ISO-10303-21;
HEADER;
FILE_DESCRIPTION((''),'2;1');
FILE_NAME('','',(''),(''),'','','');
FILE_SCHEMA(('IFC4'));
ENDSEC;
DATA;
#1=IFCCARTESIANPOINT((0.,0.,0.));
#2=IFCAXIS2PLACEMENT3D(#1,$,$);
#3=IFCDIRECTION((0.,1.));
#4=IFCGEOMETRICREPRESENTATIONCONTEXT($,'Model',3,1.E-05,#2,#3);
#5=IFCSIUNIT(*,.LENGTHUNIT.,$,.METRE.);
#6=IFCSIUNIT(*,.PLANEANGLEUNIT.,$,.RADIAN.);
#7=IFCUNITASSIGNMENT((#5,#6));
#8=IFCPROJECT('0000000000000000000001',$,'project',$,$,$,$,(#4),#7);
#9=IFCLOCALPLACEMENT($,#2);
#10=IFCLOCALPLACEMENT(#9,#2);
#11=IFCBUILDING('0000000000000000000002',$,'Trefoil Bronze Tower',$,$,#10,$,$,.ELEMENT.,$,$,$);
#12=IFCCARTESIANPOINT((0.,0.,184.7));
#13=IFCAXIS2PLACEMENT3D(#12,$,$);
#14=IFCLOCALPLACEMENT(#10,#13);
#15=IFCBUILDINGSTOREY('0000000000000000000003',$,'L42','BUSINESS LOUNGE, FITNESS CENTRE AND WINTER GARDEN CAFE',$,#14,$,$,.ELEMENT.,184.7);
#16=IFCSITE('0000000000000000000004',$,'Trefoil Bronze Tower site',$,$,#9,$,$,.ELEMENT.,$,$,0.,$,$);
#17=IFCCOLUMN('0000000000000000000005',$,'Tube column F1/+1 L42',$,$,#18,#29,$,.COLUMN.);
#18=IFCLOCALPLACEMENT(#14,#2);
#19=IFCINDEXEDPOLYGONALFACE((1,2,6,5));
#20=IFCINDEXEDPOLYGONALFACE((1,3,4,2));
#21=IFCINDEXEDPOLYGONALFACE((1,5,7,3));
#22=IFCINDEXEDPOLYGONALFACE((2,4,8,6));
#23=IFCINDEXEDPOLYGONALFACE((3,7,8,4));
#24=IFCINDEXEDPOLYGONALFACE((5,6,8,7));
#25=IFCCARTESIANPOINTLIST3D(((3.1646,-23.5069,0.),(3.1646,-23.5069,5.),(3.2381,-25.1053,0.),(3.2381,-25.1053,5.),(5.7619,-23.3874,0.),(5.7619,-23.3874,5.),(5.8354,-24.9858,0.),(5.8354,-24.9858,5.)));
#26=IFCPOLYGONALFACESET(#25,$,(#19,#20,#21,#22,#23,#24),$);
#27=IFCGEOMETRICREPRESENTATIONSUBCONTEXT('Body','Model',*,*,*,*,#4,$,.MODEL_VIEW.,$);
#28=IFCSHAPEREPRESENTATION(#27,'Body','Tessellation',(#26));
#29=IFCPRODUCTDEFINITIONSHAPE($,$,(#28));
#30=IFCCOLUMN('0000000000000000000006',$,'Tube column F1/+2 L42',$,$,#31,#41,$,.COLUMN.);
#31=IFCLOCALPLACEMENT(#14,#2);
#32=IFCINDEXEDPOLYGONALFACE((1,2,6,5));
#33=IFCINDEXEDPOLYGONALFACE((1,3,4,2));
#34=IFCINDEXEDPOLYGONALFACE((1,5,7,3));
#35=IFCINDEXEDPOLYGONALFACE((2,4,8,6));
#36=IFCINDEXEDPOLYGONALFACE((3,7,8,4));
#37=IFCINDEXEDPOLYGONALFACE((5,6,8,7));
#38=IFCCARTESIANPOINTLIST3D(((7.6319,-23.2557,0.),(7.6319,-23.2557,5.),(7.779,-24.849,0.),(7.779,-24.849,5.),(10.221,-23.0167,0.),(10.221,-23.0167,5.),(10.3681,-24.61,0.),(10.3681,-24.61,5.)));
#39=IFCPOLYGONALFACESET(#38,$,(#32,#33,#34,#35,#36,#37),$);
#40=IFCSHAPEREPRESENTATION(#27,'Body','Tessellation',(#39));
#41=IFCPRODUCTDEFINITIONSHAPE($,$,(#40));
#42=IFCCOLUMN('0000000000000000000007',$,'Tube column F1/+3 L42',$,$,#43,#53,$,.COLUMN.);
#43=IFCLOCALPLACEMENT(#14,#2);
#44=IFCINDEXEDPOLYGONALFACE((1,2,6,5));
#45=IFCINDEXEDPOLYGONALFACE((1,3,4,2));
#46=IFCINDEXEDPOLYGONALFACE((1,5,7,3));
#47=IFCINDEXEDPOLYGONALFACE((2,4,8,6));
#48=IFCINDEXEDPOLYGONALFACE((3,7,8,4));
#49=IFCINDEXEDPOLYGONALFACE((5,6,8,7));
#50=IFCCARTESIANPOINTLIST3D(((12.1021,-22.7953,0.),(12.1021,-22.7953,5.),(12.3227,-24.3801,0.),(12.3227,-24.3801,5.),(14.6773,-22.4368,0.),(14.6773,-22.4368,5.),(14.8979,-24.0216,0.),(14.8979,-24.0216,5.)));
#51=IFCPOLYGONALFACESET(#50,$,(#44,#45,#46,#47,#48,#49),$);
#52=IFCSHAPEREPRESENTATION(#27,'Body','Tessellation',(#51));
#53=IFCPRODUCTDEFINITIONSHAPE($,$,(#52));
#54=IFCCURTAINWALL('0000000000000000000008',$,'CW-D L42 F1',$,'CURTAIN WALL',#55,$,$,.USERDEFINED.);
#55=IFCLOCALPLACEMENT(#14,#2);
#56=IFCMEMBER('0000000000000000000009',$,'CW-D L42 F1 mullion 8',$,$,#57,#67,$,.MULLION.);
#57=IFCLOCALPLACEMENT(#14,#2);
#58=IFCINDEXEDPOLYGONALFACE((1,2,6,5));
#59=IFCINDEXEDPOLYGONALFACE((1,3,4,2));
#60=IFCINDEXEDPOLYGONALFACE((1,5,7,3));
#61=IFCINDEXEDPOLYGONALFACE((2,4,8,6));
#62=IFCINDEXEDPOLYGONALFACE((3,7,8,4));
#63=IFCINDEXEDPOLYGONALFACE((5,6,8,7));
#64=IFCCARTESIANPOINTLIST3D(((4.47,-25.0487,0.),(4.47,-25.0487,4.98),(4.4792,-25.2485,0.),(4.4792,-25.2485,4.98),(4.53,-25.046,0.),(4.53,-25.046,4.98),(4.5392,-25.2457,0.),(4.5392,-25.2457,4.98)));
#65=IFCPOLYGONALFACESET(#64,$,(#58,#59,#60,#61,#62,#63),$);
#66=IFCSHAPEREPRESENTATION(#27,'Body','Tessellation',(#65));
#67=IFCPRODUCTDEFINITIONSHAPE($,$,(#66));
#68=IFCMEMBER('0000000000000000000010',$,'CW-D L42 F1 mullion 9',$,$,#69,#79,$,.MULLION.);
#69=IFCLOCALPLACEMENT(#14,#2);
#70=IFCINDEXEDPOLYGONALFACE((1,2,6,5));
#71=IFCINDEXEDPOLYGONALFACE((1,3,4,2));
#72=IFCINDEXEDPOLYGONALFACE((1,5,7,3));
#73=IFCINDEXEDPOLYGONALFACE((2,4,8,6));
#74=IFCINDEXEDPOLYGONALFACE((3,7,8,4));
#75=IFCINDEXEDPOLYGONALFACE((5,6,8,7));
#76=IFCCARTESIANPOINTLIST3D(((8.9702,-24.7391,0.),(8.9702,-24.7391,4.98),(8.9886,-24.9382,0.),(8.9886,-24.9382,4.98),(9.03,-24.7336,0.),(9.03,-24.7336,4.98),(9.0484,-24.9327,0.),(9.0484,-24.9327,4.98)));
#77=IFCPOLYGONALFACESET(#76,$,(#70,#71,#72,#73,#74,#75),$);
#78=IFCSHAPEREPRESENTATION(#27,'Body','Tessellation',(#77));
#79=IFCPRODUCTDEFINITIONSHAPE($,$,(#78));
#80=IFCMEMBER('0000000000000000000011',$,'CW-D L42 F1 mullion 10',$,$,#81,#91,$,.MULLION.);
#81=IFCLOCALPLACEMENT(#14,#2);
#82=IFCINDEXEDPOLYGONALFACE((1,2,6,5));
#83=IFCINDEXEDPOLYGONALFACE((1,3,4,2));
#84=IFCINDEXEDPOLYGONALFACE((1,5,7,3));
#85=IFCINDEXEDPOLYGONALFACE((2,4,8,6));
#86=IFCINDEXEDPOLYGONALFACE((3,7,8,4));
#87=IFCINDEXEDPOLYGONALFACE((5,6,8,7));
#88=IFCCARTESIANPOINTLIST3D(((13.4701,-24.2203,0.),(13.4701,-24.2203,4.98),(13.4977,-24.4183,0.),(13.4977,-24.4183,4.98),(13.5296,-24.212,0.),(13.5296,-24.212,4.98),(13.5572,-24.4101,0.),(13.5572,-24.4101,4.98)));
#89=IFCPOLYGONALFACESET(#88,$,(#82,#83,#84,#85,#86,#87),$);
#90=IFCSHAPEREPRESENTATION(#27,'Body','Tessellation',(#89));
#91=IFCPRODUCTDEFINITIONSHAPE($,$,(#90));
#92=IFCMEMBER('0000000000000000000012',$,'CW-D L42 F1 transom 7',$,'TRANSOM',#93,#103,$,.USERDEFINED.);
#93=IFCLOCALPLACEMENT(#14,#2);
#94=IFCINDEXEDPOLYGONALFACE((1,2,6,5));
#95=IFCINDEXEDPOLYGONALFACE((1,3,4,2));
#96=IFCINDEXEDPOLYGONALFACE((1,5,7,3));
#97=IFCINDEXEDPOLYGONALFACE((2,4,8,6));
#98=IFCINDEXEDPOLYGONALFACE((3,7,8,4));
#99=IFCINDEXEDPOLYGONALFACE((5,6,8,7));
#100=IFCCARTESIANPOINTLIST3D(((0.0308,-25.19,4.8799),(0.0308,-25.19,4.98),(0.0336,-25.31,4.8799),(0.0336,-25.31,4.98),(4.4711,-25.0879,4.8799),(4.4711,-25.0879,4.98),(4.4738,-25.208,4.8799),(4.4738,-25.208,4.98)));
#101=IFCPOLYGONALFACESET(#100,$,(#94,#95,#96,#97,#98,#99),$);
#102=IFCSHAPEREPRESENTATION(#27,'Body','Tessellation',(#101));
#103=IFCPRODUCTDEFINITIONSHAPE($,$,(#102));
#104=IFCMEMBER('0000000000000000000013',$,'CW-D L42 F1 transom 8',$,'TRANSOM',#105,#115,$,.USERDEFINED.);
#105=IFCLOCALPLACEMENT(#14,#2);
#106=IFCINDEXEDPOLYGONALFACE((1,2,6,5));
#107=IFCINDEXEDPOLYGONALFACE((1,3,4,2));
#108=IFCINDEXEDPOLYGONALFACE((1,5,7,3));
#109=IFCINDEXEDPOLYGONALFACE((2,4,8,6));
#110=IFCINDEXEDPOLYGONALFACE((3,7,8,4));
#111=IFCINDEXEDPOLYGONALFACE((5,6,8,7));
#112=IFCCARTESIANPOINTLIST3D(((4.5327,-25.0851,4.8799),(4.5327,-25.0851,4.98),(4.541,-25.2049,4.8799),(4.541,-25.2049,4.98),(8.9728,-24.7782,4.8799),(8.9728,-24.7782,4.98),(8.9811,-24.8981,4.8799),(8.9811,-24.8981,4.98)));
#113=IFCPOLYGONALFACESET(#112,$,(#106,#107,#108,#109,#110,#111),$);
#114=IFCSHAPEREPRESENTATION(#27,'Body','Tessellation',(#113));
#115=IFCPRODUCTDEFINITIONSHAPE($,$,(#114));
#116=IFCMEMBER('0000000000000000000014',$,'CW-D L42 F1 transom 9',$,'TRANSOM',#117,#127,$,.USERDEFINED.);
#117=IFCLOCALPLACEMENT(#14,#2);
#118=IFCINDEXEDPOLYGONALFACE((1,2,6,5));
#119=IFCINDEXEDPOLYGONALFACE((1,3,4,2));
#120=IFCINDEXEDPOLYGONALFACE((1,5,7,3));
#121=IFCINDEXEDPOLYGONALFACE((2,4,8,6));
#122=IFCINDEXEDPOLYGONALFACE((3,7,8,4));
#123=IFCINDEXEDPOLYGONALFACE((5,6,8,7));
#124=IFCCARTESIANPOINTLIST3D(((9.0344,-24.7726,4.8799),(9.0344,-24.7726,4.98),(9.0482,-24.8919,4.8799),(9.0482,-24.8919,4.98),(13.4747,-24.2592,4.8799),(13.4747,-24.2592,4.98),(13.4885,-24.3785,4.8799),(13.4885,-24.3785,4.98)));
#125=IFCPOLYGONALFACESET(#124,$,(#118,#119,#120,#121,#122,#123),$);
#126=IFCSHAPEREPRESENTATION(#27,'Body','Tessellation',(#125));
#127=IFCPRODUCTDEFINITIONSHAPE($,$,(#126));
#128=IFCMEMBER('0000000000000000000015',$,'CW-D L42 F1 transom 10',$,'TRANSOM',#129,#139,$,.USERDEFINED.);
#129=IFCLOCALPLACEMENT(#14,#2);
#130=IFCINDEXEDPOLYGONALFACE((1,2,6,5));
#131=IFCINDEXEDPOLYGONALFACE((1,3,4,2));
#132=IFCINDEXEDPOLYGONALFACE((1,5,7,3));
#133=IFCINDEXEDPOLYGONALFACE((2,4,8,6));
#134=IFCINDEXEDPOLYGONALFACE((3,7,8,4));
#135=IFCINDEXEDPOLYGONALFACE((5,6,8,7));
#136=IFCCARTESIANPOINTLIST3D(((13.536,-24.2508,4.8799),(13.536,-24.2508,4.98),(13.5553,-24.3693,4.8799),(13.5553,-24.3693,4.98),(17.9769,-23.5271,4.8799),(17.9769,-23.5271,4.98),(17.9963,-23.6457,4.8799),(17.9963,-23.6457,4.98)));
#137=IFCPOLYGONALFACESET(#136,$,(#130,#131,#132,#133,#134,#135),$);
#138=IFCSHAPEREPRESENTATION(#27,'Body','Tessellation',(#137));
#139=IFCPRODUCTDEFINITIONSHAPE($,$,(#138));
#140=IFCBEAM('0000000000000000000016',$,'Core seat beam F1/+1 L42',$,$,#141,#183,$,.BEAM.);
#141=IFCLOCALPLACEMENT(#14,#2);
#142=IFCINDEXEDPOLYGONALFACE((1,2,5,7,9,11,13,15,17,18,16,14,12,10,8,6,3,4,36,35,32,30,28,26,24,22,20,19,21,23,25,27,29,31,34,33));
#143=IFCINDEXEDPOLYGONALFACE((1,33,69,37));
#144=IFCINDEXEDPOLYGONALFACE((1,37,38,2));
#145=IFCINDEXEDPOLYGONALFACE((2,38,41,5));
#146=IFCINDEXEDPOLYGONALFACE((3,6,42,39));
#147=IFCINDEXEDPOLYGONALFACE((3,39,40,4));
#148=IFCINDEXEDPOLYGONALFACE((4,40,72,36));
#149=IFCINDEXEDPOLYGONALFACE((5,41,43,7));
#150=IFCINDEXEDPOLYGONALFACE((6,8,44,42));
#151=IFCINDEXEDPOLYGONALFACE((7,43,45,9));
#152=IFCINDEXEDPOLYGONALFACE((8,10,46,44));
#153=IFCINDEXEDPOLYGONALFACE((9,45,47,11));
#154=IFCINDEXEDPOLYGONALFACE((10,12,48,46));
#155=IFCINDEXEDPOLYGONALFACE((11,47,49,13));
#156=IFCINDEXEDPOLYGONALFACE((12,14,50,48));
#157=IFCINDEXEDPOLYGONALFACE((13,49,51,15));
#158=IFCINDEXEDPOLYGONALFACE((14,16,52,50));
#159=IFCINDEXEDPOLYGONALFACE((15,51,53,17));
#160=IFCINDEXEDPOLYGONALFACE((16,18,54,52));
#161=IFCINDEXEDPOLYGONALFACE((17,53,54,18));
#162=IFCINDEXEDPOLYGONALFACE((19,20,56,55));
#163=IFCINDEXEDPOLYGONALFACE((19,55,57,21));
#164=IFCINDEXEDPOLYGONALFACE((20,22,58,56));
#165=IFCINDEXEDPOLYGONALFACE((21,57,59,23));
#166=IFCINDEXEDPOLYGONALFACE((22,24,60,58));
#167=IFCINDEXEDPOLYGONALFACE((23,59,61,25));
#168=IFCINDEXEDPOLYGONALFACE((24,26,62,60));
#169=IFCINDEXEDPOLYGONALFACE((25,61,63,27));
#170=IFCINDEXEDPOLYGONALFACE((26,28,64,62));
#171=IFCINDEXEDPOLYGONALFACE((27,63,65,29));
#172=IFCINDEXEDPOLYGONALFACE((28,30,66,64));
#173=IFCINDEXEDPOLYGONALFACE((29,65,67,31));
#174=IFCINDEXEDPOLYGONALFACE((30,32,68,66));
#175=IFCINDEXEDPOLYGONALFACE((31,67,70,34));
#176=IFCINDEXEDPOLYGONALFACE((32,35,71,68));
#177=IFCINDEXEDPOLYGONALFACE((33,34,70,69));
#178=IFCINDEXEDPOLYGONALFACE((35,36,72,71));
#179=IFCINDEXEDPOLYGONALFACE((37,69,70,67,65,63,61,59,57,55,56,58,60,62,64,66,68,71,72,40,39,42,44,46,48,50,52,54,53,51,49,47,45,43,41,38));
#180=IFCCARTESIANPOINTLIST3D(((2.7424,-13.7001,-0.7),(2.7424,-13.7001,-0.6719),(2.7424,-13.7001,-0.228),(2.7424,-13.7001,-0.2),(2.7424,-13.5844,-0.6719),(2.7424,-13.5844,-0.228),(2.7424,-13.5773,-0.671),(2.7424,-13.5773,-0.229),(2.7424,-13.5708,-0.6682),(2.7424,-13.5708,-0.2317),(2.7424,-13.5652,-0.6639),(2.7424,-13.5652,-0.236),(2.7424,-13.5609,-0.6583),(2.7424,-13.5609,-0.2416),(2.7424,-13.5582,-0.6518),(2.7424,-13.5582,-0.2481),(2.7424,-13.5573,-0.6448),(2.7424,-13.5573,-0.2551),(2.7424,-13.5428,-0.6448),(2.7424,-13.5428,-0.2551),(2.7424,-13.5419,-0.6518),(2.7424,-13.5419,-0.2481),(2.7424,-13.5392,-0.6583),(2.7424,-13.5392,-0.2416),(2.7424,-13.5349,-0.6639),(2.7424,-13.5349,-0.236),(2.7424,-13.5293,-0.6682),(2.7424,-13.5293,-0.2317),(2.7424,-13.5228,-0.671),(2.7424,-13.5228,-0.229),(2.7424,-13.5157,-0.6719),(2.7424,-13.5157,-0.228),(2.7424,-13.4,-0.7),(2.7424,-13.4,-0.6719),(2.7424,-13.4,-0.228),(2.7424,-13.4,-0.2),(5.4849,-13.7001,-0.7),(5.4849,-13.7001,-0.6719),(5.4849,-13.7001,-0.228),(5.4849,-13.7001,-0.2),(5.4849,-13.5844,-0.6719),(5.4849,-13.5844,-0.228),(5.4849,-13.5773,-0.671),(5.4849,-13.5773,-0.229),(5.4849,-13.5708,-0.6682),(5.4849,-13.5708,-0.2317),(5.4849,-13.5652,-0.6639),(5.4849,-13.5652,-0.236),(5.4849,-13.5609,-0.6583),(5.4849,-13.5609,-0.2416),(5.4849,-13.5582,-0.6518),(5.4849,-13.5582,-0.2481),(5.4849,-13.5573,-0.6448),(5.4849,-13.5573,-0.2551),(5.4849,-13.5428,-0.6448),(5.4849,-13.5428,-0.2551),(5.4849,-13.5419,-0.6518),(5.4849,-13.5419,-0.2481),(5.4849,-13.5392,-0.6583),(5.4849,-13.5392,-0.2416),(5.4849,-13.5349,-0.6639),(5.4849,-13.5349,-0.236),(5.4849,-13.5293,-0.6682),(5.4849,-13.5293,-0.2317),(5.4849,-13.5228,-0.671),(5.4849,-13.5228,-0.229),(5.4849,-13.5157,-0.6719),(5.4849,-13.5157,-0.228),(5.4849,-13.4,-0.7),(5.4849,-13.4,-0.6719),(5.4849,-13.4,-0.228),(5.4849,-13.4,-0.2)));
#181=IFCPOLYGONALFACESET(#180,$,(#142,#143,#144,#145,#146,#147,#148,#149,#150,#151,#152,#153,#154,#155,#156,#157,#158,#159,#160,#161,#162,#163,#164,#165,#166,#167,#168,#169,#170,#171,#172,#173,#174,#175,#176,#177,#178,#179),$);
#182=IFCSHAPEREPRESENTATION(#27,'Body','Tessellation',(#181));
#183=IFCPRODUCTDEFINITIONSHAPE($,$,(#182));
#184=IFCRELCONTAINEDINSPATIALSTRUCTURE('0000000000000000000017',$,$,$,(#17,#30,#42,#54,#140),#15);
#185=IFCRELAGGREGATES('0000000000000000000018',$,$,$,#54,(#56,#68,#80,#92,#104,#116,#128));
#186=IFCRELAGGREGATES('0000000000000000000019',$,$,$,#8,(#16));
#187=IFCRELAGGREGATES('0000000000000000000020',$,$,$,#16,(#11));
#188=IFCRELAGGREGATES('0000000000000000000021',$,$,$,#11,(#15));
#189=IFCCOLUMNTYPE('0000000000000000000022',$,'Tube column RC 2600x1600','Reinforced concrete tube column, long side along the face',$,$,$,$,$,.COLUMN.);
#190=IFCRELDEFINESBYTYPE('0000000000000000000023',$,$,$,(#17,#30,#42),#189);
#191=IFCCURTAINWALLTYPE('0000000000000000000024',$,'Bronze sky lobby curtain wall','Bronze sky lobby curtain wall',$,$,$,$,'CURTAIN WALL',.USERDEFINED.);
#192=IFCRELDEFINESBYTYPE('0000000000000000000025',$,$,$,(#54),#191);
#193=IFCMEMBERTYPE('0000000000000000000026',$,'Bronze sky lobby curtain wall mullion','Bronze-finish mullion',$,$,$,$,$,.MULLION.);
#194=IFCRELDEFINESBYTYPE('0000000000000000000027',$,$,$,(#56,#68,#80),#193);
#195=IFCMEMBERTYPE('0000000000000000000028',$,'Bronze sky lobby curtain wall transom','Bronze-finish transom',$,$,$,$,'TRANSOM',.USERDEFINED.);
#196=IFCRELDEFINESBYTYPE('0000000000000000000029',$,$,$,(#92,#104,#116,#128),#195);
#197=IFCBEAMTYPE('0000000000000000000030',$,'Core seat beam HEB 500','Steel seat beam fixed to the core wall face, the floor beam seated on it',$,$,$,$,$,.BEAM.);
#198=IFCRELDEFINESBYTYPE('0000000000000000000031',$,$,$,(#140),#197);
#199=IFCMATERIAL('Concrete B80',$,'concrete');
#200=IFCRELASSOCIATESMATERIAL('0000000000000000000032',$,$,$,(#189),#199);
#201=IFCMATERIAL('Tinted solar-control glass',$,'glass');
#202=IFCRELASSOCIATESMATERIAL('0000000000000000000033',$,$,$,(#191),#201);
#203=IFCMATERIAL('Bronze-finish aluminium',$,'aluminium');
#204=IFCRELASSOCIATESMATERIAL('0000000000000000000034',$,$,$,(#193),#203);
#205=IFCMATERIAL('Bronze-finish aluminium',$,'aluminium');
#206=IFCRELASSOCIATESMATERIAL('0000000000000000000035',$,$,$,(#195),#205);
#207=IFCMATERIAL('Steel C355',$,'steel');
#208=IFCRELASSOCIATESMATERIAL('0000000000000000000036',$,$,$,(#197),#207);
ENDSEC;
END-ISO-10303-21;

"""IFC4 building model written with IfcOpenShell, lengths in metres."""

from ifc_helpers import new_model, si_unit, direction, frame, origin, origin_2d, place, context, subcontext, project, spatial, rectangle, i_section, extrude, material, material_profile, profile_set, type_object, element, aggregate, save


model = new_model("IFC4")

# Units and contexts
model_context = context("Model", 3, precision=1e-05, world=origin(), true_north=direction((0.0, 1.0)))
body_context = subcontext(model_context, "Body", "Model", "MODEL_VIEW")
ifc_project = project(units=[si_unit("LENGTHUNIT", "METRE"), si_unit("PLANEANGLEUNIT", "RADIAN")], contexts=[model_context])

# Site, building, storey
site_placement = place(None, origin())
site = spatial("IfcSite", under=ifc_project, at=site_placement, Name="Trefoil Bronze Tower site", CompositionType="ELEMENT", RefElevation=0.0)
building_placement = place(site_placement, origin())
building = spatial("IfcBuilding", under=site, at=building_placement, Name="Trefoil Bronze Tower", CompositionType="ELEMENT")
storey_placement = place(building_placement, frame((0.0, 0.0, 184.7)))
storey = spatial("IfcBuildingStorey", under=building, at=storey_placement, Name="L42", Description="BUSINESS LOUNGE, FITNESS CENTRE AND WINTER GARDEN CAFE", CompositionType="ELEMENT", Elevation=184.7)

# Columns
ifc_material_1 = material(Name="Concrete B80", Category="concrete")
ifc_material_profile_1 = material_profile(ifc_material_1, rectangle(XDim=2.6001, YDim=1.6001, at=origin_2d()), Name="RC 2600x1600")
ifc_profile_set_1 = profile_set([ifc_material_profile_1], Name="Concrete B80")
column_type = type_object("IfcColumnType", Name="Tube column RC 2600x1600", Description="Reinforced concrete tube column, long side along the face", PredefinedType="COLUMN", material=ifc_profile_set_1)
for number, where, z_axis, x_axis, name in (
    (1, (4.5, -24.2463, 0.0), (0.0, 0.0, 1.0), (0.998943, 0.045956, 0.0), "Tube column F1/+1 L42"),
    (2, (9.0, -23.9329, 0.0), (0.0, 0.0, 1.0), (0.995767, 0.091911, 0.0), "Tube column F1/+2 L42"),
    (3, (13.5, -23.4084, 0.0), (0.0, 0.0, 1.0), (0.990451, 0.137868, 0.0), "Tube column F1/+3 L42"),
):
    element("IfcColumn", number, at=place(storey_placement, frame(where, z_axis=z_axis, x_axis=x_axis)), inside=storey, type_object=column_type, Name=name, PredefinedType="COLUMN", context=body_context, shape_type="SweptSolid", body=[
        extrude(rectangle(XDim=2.6001, YDim=1.6001, at=origin_2d()), origin(), (0.0, 0.0, 1.0), 5.0),
    ])

# Curtain wall, members
ifc_material_2 = material(Name="Tinted solar-control glass", Category="glass")
curtain_wall_type = type_object("IfcCurtainWallType", Name="Bronze sky lobby curtain wall", Description="Bronze sky lobby curtain wall", ElementType="CURTAIN WALL", PredefinedType="USERDEFINED", material=ifc_material_2)
curtain_wall_placement = place(storey_placement, origin())
curtain_wall = element("IfcCurtainWall", 4, at=curtain_wall_placement, inside=storey, type_object=curtain_wall_type, Name="CW-D L42 F1", ObjectType="CURTAIN WALL", PredefinedType="USERDEFINED")
ifc_material_3 = material(Name="Bronze-finish aluminium", Category="aluminium")
ifc_material_profile_2 = material_profile(ifc_material_3, rectangle(XDim=0.2, YDim=0.0601, at=origin_2d()), Name="CW-D mullion")
ifc_profile_set_2 = profile_set([ifc_material_profile_2], Name="Bronze-finish aluminium")
member_type_1 = type_object("IfcMemberType", Name="Bronze sky lobby curtain wall mullion", Description="Bronze-finish mullion", PredefinedType="MULLION", material=ifc_profile_set_2)
member_1_placement = place(storey_placement, frame((4.5046, -25.1472, 0.0), z_axis=(0.0, 0.0, 1.0), x_axis=(-0.045956, 0.998943, 0.0)))
member_1 = element("IfcMember", 5, at=member_1_placement, type_object=member_type_1, Name="CW-D L42 F1 mullion 8", PredefinedType="MULLION", context=body_context, shape_type="SweptSolid", body=[
    extrude(rectangle(XDim=0.2, YDim=0.0601, at=origin_2d()), origin(), (0.0, 0.0, 1.0), 4.98),
])
member_2_placement = place(storey_placement, frame((9.0093, -24.8359, 0.0), z_axis=(0.0, 0.0, 1.0), x_axis=(-0.091911, 0.995767, 0.0)))
member_2 = element("IfcMember", 6, at=member_2_placement, type_object=member_type_1, Name="CW-D L42 F1 mullion 9", PredefinedType="MULLION", context=body_context, shape_type="SweptSolid", body=[
    extrude(rectangle(XDim=0.2, YDim=0.0601, at=origin_2d()), origin(), (0.0, 0.0, 1.0), 4.98),
])
member_3_placement = place(storey_placement, frame((13.5137, -24.3152, 0.0), z_axis=(0.0, 0.0, 1.0), x_axis=(-0.137868, 0.990451, 0.0)))
member_3 = element("IfcMember", 7, at=member_3_placement, type_object=member_type_1, Name="CW-D L42 F1 mullion 10", PredefinedType="MULLION", context=body_context, shape_type="SweptSolid", body=[
    extrude(rectangle(XDim=0.2, YDim=0.0601, at=origin_2d()), origin(), (0.0, 0.0, 1.0), 4.98),
])
ifc_material_4 = material(Name="Bronze-finish aluminium", Category="aluminium")
ifc_material_profile_3 = material_profile(ifc_material_4, rectangle(XDim=0.1201, YDim=0.1001, at=origin_2d()), Name="CW-D transom")
ifc_profile_set_3 = profile_set([ifc_material_profile_3], Name="Bronze-finish aluminium")
member_type_2 = type_object("IfcMemberType", Name="Bronze sky lobby curtain wall transom", Description="Bronze-finish transom", ElementType="TRANSOM", PredefinedType="USERDEFINED", material=ifc_profile_set_3)
member_4_placement = place(storey_placement, frame((0.0322, -25.25, 4.9299), z_axis=(0.999736, 0.022977, 0.0), x_axis=(-0.022977, 0.999736, 0.0)))
member_4 = element("IfcMember", 8, at=member_4_placement, type_object=member_type_2, Name="CW-D L42 F1 transom 7", ObjectType="TRANSOM", PredefinedType="USERDEFINED", context=body_context, shape_type="SweptSolid", body=[
    extrude(rectangle(XDim=0.1201, YDim=0.1001, at=origin_2d()), origin(), (0.0, 0.0, 1.0), 4.4414),
])
member_5_placement = place(storey_placement, frame((4.5369, -25.145, 4.9299), z_axis=(0.99762, 0.068951, 0.0), x_axis=(-0.068951, 0.99762, 0.0)))
member_5 = element("IfcMember", 9, at=member_5_placement, type_object=member_type_2, Name="CW-D L42 F1 transom 8", ObjectType="TRANSOM", PredefinedType="USERDEFINED", context=body_context, shape_type="SweptSolid", body=[
    extrude(rectangle(XDim=0.1201, YDim=0.1001, at=origin_2d()), origin(), (0.0, 0.0, 1.0), 4.4507),
])
member_6_placement = place(storey_placement, frame((9.0413, -24.8323, 4.9299), z_axis=(0.993382, 0.11486, 0.0), x_axis=(-0.11486, 0.993382, 0.0)))
member_6 = element("IfcMember", 10, at=member_6_placement, type_object=member_type_2, Name="CW-D L42 F1 transom 9", ObjectType="TRANSOM", PredefinedType="USERDEFINED", context=body_context, shape_type="SweptSolid", body=[
    extrude(rectangle(XDim=0.1201, YDim=0.1001, at=origin_2d()), origin(), (0.0, 0.0, 1.0), 4.47),
])
member_7_placement = place(storey_placement, frame((13.5457, -24.3101, 4.9299), z_axis=(0.986983, 0.160826, 0.0), x_axis=(-0.160826, 0.986983, 0.0)))
member_7 = element("IfcMember", 11, at=member_7_placement, type_object=member_type_2, Name="CW-D L42 F1 transom 10", ObjectType="TRANSOM", PredefinedType="USERDEFINED", context=body_context, shape_type="SweptSolid", body=[
    extrude(rectangle(XDim=0.1201, YDim=0.1001, at=origin_2d()), origin(), (0.0, 0.0, 1.0), 4.4995),
])

# Beam
ifc_material_5 = material(Name="Steel C355", Category="steel")
ifc_material_profile_4 = material_profile(ifc_material_5, i_section(OverallWidth=0.3, OverallDepth=0.5, WebThickness=0.0144, FlangeThickness=0.0281, FilletRadius=0.0271, at=origin_2d()), Name="HEB 500")
ifc_profile_set_4 = profile_set([ifc_material_profile_4], Name="Steel C355")
beam_type_1 = type_object("IfcBeamType", Name="Core seat beam HEB 500", Description="Steel seat beam fixed to the core wall face, the floor beam seated on it", PredefinedType="BEAM", material=ifc_profile_set_4)
for number, where, z_axis, x_axis, name in (
    (12, (2.7424, -13.55, -0.45), (1.0, 0.0, 0.0), (0.0, 1.0, 0.0), "Core seat beam F1/+1 L42"),
):
    element("IfcBeam", number, at=place(storey_placement, frame(where, z_axis=z_axis, x_axis=x_axis)), inside=storey, type_object=beam_type_1, Name=name, PredefinedType="BEAM", context=body_context, shape_type="SweptSolid", body=[
        extrude(i_section(OverallWidth=0.3, OverallDepth=0.5, WebThickness=0.0144, FlangeThickness=0.0281, FilletRadius=0.0271, at=origin_2d()), origin(), (0.0, 0.0, 1.0), 2.7424),
    ])

aggregate(curtain_wall, [member_1, member_2, member_3, member_4, member_5, member_6, member_7])

save(model, "model.ifc")
